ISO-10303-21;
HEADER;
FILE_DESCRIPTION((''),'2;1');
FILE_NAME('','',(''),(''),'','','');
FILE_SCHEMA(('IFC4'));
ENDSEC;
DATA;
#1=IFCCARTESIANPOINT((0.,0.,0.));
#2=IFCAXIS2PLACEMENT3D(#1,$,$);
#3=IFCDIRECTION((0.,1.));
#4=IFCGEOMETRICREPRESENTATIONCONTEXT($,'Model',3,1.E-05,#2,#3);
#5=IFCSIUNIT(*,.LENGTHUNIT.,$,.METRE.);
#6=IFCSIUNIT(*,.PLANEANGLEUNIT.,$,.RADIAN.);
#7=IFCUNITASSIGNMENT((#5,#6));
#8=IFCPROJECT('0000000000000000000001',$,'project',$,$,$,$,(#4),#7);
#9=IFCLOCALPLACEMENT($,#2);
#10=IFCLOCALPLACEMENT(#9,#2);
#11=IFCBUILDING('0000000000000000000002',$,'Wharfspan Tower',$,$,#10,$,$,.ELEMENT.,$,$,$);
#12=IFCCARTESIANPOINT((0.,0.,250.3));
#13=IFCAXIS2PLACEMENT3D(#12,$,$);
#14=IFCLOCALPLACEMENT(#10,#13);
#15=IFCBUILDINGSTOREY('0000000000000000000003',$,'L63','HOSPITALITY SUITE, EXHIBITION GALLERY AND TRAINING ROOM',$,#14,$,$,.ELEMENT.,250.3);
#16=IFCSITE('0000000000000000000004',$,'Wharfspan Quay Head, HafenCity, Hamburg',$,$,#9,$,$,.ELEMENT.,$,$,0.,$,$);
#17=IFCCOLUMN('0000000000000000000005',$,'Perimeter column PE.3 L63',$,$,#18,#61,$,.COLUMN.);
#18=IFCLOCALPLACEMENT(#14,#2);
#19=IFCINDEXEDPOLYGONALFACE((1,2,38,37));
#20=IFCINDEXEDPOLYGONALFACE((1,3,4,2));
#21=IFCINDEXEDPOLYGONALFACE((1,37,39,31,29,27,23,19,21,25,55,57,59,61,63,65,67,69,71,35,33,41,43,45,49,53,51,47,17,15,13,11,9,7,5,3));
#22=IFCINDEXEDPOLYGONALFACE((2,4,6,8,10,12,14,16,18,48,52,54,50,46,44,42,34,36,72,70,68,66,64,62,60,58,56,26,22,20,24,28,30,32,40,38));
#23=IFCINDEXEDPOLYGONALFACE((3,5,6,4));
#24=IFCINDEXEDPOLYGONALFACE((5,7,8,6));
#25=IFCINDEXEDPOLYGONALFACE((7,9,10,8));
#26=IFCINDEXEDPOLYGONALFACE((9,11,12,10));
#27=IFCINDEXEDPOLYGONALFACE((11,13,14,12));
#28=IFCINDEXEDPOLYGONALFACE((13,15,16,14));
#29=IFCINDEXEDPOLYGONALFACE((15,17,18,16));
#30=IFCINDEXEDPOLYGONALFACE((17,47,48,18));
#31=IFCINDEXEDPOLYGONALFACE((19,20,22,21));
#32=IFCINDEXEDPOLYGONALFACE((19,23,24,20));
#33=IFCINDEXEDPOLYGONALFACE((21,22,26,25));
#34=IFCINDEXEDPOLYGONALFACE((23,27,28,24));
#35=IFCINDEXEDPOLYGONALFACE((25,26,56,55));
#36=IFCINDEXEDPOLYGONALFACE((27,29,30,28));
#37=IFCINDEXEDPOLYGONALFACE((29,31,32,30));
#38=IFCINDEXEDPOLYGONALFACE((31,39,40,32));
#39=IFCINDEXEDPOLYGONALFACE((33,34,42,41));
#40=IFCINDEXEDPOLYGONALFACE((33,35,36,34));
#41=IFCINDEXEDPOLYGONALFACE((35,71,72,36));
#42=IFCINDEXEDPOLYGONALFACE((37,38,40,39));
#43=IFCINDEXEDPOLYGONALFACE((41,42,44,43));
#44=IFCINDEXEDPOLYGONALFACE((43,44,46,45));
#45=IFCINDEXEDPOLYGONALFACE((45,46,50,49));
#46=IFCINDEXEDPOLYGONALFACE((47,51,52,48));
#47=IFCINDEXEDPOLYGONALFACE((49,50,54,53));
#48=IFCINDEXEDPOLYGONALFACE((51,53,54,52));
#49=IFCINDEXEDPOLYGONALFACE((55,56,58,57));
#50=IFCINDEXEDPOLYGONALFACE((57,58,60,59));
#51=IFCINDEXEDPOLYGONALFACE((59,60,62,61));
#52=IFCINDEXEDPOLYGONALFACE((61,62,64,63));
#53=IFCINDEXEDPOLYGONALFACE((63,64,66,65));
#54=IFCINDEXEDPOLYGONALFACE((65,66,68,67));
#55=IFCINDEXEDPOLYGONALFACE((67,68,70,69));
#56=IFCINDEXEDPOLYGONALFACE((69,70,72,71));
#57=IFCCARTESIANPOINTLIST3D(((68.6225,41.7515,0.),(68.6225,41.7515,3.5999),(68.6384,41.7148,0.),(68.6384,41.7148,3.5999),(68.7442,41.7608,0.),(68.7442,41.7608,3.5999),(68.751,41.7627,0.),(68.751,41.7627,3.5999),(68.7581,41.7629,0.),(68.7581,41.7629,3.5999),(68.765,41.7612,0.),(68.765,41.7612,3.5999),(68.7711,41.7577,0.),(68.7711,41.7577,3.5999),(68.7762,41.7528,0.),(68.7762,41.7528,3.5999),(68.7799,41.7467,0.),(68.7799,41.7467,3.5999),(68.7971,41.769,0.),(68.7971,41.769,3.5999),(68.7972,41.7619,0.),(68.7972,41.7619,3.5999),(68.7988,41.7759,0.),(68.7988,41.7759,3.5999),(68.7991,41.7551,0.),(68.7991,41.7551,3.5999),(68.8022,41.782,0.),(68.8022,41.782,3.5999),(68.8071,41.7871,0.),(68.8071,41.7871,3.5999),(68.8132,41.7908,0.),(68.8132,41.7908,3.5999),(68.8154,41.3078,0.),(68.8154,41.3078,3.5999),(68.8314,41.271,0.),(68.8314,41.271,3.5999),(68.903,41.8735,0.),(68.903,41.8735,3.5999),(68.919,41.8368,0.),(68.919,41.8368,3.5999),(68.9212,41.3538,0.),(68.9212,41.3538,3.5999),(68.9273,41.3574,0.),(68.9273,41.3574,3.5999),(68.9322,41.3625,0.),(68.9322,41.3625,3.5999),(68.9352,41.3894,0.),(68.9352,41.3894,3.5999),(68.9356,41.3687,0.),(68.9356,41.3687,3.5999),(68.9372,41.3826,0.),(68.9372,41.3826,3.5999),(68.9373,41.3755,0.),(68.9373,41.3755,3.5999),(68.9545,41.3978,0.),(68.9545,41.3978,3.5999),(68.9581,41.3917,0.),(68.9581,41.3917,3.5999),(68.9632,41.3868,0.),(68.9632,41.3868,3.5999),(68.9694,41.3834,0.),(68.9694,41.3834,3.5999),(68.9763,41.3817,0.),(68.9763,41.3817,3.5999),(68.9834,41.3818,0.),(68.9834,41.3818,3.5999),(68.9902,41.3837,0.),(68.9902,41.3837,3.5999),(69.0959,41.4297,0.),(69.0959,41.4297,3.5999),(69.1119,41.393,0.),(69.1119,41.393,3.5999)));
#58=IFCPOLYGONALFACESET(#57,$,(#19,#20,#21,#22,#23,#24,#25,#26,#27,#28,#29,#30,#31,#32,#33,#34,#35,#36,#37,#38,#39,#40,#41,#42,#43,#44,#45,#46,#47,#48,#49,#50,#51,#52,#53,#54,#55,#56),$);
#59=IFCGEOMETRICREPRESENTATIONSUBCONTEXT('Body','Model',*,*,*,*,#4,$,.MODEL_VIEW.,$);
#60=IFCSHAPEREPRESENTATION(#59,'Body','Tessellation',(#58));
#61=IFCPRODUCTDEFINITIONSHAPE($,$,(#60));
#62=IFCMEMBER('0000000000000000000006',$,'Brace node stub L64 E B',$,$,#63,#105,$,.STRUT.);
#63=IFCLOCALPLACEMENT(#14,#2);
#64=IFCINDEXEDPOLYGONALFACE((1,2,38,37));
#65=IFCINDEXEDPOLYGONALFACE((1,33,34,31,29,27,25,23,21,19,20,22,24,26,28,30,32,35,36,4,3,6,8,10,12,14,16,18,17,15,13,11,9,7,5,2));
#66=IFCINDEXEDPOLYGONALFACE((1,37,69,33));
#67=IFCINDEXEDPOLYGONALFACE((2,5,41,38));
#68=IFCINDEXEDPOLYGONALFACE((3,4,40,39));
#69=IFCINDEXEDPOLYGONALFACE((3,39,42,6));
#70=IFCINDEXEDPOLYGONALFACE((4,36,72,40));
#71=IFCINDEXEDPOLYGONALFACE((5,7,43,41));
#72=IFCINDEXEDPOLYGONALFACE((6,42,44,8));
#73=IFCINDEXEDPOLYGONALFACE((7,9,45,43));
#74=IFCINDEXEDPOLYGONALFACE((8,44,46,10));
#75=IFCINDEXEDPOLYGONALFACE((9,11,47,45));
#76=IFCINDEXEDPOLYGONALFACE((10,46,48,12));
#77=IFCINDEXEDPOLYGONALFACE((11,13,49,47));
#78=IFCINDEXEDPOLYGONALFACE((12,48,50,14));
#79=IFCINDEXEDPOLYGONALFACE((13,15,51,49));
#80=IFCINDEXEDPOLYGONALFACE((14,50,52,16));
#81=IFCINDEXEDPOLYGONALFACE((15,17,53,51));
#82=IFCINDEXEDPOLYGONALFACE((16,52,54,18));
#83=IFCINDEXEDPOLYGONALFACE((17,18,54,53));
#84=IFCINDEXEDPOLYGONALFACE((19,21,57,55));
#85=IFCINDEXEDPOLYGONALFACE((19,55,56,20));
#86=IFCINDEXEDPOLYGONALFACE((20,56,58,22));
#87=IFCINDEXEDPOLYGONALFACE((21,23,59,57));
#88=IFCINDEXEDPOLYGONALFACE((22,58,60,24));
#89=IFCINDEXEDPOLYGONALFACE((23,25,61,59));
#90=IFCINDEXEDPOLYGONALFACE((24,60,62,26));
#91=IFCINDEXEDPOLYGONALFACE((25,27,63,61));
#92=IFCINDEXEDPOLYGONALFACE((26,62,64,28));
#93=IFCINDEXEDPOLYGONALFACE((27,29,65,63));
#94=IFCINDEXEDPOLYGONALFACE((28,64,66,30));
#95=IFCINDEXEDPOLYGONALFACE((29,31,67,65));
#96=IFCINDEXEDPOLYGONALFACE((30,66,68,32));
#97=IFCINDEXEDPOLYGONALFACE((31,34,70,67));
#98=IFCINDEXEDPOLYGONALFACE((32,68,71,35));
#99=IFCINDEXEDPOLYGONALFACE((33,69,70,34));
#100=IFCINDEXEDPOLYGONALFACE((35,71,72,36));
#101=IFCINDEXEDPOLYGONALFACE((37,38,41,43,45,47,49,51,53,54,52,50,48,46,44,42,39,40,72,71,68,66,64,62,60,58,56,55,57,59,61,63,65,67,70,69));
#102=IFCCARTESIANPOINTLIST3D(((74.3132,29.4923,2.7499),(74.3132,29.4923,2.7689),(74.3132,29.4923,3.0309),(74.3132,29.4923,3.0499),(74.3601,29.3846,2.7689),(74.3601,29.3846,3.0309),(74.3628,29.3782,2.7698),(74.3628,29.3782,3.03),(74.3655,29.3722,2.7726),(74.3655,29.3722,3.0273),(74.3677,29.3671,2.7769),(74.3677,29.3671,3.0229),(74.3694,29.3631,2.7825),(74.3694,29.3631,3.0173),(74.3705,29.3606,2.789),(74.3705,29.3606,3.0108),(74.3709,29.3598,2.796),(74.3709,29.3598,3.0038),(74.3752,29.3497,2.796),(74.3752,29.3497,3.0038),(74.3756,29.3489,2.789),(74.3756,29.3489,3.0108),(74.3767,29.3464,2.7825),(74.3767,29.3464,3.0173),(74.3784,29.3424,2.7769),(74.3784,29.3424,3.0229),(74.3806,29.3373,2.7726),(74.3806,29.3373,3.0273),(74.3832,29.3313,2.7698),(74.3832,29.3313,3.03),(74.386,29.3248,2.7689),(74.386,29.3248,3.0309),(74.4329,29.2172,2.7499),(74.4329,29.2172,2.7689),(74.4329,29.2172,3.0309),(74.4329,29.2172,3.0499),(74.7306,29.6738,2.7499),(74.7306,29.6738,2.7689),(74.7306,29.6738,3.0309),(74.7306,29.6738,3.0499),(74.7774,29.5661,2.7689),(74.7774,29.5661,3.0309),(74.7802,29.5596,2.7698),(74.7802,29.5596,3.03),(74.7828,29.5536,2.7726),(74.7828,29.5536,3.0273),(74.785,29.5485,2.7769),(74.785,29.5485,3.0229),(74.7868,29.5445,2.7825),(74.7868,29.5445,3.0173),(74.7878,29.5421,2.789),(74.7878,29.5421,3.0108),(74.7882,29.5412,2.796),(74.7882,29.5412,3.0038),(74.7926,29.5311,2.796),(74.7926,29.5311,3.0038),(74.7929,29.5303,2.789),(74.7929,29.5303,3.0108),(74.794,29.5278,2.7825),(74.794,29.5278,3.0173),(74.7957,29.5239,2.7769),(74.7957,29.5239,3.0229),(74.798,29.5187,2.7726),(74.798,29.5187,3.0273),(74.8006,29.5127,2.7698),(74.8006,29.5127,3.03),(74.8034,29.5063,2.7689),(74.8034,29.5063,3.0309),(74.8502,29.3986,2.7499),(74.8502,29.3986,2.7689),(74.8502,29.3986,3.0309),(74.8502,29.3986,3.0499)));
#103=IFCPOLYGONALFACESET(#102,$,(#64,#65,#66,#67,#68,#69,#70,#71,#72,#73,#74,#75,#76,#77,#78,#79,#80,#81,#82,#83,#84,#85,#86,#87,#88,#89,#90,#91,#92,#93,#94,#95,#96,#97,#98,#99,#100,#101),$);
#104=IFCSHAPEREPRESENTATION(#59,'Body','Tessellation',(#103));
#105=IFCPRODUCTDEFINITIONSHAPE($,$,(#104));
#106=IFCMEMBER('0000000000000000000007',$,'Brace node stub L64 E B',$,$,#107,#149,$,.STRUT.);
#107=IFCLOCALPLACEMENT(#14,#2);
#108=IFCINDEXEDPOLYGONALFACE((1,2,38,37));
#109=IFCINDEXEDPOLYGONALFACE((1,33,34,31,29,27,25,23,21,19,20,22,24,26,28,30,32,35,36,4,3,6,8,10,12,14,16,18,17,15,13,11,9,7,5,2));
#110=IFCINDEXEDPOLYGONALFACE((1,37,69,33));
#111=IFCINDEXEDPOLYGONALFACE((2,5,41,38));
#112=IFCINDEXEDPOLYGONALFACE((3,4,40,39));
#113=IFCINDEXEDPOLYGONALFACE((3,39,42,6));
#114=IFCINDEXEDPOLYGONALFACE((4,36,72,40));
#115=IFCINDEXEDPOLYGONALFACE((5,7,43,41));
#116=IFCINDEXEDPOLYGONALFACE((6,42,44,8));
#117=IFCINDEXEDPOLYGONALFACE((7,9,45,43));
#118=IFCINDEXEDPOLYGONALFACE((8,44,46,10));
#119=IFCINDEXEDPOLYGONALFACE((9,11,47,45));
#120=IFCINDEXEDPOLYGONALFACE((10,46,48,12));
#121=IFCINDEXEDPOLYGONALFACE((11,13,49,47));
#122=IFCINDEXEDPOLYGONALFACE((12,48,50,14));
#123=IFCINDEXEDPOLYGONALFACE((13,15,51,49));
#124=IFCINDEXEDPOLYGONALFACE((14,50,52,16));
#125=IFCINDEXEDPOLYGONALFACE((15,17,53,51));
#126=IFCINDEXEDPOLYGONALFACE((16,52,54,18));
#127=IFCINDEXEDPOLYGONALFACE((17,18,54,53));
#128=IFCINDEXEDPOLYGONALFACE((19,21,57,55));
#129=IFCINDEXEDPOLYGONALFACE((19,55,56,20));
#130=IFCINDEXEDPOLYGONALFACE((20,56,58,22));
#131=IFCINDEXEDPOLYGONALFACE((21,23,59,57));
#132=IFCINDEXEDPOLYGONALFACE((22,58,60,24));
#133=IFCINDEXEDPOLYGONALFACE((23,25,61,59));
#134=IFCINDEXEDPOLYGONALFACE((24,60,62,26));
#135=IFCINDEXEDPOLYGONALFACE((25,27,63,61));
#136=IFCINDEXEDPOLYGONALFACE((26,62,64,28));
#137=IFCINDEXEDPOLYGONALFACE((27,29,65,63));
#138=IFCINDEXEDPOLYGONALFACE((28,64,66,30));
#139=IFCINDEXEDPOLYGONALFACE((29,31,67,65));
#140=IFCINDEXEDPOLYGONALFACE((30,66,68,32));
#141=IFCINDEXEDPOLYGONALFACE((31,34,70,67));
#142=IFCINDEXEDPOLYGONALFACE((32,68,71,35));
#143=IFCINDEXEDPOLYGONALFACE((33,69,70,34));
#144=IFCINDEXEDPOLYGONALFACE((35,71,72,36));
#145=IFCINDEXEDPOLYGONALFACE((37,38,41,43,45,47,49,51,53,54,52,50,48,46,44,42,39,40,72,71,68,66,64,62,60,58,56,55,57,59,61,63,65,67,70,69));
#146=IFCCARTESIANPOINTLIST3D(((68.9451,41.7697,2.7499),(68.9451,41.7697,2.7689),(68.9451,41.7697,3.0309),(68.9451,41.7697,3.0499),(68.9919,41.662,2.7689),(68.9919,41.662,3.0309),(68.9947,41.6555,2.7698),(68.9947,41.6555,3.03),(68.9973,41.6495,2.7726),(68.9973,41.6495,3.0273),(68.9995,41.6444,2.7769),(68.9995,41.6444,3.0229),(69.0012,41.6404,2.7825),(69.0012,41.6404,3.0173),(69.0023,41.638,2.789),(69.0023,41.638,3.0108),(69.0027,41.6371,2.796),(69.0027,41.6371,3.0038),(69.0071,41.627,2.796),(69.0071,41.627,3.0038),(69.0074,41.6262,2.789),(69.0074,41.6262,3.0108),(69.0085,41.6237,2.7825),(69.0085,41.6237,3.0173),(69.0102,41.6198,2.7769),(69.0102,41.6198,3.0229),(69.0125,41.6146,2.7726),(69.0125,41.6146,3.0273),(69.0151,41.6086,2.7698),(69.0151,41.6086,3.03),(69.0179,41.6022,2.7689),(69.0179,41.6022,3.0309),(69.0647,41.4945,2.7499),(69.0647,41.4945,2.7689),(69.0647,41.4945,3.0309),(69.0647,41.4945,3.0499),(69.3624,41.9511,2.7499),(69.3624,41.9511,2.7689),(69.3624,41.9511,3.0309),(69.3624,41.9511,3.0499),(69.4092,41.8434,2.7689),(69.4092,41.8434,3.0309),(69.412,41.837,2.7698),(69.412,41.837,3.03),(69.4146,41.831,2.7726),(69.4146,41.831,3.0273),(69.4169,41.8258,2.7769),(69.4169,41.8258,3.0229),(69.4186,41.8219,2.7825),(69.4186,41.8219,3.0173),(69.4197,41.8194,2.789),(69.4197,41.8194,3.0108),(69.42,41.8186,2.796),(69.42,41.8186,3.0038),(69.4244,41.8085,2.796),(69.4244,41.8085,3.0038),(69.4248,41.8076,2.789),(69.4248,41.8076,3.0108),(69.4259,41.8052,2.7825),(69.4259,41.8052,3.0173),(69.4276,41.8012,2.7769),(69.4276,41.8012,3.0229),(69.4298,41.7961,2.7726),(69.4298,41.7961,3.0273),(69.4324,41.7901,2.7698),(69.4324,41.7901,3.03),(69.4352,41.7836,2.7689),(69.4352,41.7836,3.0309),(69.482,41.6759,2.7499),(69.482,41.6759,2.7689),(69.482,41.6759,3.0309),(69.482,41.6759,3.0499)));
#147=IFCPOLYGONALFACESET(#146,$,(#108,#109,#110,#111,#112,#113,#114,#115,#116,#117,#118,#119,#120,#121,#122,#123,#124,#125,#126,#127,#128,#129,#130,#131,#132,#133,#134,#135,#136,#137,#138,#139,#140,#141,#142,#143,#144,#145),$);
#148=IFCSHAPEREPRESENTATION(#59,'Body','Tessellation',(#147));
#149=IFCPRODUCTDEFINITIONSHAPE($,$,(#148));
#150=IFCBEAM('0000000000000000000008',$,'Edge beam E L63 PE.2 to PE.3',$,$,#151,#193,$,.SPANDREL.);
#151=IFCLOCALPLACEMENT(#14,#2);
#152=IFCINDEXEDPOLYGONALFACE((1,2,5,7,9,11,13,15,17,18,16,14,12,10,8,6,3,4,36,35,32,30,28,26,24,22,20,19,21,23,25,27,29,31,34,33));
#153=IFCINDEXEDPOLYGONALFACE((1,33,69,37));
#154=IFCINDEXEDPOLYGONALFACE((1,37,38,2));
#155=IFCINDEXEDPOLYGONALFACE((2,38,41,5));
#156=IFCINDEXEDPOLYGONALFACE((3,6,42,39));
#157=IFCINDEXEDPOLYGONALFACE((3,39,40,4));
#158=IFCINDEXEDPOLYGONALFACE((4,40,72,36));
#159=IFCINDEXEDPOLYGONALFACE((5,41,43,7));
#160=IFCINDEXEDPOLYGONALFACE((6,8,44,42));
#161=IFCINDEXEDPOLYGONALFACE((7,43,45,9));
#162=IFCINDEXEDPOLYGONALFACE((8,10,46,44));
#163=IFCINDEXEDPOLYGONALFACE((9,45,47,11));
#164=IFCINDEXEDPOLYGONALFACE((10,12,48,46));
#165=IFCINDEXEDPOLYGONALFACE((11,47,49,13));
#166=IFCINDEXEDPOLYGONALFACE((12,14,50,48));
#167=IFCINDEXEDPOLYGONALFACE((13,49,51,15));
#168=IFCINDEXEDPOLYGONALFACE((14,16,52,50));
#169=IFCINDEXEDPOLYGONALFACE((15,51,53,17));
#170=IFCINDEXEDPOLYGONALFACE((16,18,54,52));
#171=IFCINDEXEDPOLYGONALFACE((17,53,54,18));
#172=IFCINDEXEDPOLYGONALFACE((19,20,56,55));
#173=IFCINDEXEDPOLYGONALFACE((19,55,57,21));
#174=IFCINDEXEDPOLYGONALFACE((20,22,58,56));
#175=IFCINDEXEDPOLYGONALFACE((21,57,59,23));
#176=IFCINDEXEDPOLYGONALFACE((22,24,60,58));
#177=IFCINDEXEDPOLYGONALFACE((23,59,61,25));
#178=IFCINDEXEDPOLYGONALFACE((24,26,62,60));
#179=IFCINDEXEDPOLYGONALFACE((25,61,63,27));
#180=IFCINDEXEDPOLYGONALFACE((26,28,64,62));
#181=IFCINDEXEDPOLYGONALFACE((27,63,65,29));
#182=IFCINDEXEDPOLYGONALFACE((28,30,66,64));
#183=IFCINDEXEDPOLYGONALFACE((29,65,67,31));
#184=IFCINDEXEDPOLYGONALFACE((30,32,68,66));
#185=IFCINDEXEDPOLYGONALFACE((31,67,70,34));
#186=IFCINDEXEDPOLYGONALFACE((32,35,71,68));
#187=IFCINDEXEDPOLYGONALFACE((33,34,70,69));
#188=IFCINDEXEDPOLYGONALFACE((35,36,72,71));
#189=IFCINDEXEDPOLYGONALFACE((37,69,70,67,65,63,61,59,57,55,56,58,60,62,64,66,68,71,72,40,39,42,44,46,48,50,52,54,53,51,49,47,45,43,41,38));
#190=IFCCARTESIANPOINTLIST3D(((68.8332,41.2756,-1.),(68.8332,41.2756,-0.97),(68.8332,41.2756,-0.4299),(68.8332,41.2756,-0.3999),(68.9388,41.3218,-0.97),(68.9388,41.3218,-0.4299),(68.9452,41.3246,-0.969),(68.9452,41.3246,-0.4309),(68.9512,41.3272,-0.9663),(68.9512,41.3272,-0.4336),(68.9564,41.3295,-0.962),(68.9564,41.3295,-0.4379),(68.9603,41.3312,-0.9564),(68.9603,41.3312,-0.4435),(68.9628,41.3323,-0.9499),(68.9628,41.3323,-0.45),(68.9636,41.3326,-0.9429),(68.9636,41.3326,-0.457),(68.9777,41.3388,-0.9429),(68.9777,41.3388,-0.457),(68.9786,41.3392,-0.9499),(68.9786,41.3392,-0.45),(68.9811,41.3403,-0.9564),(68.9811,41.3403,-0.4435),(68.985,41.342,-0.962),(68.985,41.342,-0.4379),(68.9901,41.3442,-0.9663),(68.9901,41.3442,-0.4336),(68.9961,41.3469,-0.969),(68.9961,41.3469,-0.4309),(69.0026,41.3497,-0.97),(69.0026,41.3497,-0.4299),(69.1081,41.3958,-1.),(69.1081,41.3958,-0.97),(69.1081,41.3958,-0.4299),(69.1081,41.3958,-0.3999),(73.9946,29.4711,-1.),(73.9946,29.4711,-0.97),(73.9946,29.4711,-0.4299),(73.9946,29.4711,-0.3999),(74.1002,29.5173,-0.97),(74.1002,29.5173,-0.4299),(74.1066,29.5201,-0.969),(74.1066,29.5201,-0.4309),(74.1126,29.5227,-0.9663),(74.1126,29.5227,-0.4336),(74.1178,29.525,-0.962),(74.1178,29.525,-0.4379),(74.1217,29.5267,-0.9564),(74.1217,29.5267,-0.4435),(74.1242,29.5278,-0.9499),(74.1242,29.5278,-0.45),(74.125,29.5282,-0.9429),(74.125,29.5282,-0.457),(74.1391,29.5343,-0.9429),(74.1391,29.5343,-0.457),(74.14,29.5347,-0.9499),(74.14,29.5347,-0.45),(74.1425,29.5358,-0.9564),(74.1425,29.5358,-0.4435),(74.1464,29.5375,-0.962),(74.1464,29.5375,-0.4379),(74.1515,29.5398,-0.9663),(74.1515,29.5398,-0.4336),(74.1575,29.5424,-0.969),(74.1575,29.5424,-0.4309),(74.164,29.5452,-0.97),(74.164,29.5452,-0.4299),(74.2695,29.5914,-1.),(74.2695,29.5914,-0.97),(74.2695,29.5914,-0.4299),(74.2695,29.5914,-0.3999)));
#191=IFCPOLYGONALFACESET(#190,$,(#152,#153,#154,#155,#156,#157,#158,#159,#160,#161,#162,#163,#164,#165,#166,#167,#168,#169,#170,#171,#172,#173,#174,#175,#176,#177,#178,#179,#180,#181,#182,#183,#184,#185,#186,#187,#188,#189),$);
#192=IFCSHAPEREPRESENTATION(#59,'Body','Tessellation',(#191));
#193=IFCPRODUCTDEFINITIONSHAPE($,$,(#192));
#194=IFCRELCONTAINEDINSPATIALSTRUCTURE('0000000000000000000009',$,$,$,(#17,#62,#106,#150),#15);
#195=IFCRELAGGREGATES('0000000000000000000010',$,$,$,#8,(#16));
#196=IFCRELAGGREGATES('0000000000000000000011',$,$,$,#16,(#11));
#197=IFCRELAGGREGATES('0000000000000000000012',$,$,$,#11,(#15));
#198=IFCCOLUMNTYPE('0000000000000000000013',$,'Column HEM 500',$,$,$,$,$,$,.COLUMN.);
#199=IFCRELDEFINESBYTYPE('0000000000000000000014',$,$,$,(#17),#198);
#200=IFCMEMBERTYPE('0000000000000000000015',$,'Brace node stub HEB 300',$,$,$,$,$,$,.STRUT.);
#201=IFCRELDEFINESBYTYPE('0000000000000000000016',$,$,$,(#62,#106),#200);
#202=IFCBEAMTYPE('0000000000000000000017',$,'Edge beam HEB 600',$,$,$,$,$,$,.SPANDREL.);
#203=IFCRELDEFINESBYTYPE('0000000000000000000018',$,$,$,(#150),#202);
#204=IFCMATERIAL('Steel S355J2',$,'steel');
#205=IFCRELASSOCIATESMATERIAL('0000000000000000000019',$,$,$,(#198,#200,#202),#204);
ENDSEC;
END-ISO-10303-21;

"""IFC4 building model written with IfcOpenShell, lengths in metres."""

from ifc_helpers import new_model, si_unit, direction, frame, origin, origin_2d, place, context, subcontext, project, spatial, i_section, extrude, material, material_profile, profile_set, type_object, element, save


model = new_model("IFC4")

# Units and contexts
model_context = context("Model", 3, precision=1e-05, world=origin(), true_north=direction((0.0, 1.0)))
body_context = subcontext(model_context, "Body", "Model", "MODEL_VIEW")
ifc_project = project(units=[si_unit("LENGTHUNIT", "METRE"), si_unit("PLANEANGLEUNIT", "RADIAN")], contexts=[model_context])

# Site, building, storey
site_placement = place(None, origin())
site = spatial("IfcSite", under=ifc_project, at=site_placement, Name="Wharfspan Quay Head, HafenCity, Hamburg", CompositionType="ELEMENT", RefElevation=0.0)
building_placement = place(site_placement, origin())
building = spatial("IfcBuilding", under=site, at=building_placement, Name="Wharfspan Tower", CompositionType="ELEMENT")
storey_placement = place(building_placement, frame((0.0, 0.0, 250.3)))
storey = spatial("IfcBuildingStorey", under=building, at=storey_placement, Name="L63", Description="HOSPITALITY SUITE, EXHIBITION GALLERY AND TRAINING ROOM", CompositionType="ELEMENT", Elevation=250.3)

# Column
ifc_material_1 = material(Name="Steel S355J2", Category="steel")
ifc_material_profile_1 = material_profile(ifc_material_1, i_section(OverallWidth=0.3059, OverallDepth=0.5239, WebThickness=0.021, FlangeThickness=0.04, FilletRadius=0.0271, at=origin_2d()))
ifc_profile_set_1 = profile_set([ifc_material_profile_1], Name="Steel S355J2")
column_type = type_object("IfcColumnType", Name="Column HEM 500", PredefinedType="COLUMN", material=ifc_profile_set_1)
column_placement = place(storey_placement, frame((68.8672, 41.5723, 0.0), z_axis=(0.0, 0.0, 1.0), x_axis=(0.917072, 0.398727, 0.0)))
element("IfcColumn", 1, at=column_placement, inside=storey, type_object=column_type, Name="Perimeter column PE.3 L63", PredefinedType="COLUMN", context=body_context, shape_type="SweptSolid", body=[
    extrude(i_section(OverallWidth=0.3059, OverallDepth=0.5239, WebThickness=0.021, FlangeThickness=0.04, FilletRadius=0.0271, at=origin_2d()), origin(), (0.0, 0.0, 1.0), 3.5999),
])

# Members
ifc_material_profile_2 = material_profile(ifc_material_1, i_section(OverallWidth=0.3, OverallDepth=0.3, WebThickness=0.011, FlangeThickness=0.019, FilletRadius=0.0271, at=origin_2d()))
ifc_profile_set_2 = profile_set([ifc_material_profile_2], Name="Steel S355J2")
member_type_1 = type_object("IfcMemberType", Name="Brace node stub HEB 300", PredefinedType="STRUT", material=ifc_profile_set_2)
for number, where, z_axis, x_axis, name in (
    (2, (74.373, 29.3547, 2.8999), (0.917079, 0.398706, 0.0), (-0.398706, 0.917079, 0.0), "Brace node stub L64 E B"),
    (3, (69.0049, 41.6321, 2.8999), (0.917079, 0.398706, 0.0), (-0.398706, 0.917079, 0.0), "Brace node stub L64 E B"),
):
    element("IfcMember", number, at=place(storey_placement, frame(where, z_axis=z_axis, x_axis=x_axis)), inside=storey, type_object=member_type_1, Name=name, PredefinedType="STRUT", context=body_context, shape_type="SweptSolid", body=[
        extrude(i_section(OverallWidth=0.3, OverallDepth=0.3, WebThickness=0.011, FlangeThickness=0.019, FilletRadius=0.0271, at=origin_2d()), origin(), (0.0, 0.0, 1.0), 0.4551),
    ])

# Beam
ifc_material_profile_3 = material_profile(ifc_material_1, i_section(OverallWidth=0.3, OverallDepth=0.6001, WebThickness=0.0154, FlangeThickness=0.03, FilletRadius=0.0271, at=origin_2d()))
ifc_profile_set_3 = profile_set([ifc_material_profile_3], Name="Steel S355J2")
beam_type = type_object("IfcBeamType", Name="Edge beam HEB 600", PredefinedType="SPANDREL", material=ifc_profile_set_3)
beam_placement = place(storey_placement, frame((74.1321, 29.5312, -0.7), z_axis=(-0.400619, 0.916245, 0.0), x_axis=(-0.916245, -0.400619, 0.0)))
element("IfcBeam", 4, at=beam_placement, inside=storey, type_object=beam_type, Name="Edge beam E L63 PE.2 to PE.3", PredefinedType="SPANDREL", context=body_context, shape_type="SweptSolid", body=[
    extrude(i_section(OverallWidth=0.3, OverallDepth=0.6001, WebThickness=0.0154, FlangeThickness=0.03, FilletRadius=0.0271, at=origin_2d()), origin(), (0.0, 0.0, 1.0), 12.8835),
])

save(model, "model.ifc")
